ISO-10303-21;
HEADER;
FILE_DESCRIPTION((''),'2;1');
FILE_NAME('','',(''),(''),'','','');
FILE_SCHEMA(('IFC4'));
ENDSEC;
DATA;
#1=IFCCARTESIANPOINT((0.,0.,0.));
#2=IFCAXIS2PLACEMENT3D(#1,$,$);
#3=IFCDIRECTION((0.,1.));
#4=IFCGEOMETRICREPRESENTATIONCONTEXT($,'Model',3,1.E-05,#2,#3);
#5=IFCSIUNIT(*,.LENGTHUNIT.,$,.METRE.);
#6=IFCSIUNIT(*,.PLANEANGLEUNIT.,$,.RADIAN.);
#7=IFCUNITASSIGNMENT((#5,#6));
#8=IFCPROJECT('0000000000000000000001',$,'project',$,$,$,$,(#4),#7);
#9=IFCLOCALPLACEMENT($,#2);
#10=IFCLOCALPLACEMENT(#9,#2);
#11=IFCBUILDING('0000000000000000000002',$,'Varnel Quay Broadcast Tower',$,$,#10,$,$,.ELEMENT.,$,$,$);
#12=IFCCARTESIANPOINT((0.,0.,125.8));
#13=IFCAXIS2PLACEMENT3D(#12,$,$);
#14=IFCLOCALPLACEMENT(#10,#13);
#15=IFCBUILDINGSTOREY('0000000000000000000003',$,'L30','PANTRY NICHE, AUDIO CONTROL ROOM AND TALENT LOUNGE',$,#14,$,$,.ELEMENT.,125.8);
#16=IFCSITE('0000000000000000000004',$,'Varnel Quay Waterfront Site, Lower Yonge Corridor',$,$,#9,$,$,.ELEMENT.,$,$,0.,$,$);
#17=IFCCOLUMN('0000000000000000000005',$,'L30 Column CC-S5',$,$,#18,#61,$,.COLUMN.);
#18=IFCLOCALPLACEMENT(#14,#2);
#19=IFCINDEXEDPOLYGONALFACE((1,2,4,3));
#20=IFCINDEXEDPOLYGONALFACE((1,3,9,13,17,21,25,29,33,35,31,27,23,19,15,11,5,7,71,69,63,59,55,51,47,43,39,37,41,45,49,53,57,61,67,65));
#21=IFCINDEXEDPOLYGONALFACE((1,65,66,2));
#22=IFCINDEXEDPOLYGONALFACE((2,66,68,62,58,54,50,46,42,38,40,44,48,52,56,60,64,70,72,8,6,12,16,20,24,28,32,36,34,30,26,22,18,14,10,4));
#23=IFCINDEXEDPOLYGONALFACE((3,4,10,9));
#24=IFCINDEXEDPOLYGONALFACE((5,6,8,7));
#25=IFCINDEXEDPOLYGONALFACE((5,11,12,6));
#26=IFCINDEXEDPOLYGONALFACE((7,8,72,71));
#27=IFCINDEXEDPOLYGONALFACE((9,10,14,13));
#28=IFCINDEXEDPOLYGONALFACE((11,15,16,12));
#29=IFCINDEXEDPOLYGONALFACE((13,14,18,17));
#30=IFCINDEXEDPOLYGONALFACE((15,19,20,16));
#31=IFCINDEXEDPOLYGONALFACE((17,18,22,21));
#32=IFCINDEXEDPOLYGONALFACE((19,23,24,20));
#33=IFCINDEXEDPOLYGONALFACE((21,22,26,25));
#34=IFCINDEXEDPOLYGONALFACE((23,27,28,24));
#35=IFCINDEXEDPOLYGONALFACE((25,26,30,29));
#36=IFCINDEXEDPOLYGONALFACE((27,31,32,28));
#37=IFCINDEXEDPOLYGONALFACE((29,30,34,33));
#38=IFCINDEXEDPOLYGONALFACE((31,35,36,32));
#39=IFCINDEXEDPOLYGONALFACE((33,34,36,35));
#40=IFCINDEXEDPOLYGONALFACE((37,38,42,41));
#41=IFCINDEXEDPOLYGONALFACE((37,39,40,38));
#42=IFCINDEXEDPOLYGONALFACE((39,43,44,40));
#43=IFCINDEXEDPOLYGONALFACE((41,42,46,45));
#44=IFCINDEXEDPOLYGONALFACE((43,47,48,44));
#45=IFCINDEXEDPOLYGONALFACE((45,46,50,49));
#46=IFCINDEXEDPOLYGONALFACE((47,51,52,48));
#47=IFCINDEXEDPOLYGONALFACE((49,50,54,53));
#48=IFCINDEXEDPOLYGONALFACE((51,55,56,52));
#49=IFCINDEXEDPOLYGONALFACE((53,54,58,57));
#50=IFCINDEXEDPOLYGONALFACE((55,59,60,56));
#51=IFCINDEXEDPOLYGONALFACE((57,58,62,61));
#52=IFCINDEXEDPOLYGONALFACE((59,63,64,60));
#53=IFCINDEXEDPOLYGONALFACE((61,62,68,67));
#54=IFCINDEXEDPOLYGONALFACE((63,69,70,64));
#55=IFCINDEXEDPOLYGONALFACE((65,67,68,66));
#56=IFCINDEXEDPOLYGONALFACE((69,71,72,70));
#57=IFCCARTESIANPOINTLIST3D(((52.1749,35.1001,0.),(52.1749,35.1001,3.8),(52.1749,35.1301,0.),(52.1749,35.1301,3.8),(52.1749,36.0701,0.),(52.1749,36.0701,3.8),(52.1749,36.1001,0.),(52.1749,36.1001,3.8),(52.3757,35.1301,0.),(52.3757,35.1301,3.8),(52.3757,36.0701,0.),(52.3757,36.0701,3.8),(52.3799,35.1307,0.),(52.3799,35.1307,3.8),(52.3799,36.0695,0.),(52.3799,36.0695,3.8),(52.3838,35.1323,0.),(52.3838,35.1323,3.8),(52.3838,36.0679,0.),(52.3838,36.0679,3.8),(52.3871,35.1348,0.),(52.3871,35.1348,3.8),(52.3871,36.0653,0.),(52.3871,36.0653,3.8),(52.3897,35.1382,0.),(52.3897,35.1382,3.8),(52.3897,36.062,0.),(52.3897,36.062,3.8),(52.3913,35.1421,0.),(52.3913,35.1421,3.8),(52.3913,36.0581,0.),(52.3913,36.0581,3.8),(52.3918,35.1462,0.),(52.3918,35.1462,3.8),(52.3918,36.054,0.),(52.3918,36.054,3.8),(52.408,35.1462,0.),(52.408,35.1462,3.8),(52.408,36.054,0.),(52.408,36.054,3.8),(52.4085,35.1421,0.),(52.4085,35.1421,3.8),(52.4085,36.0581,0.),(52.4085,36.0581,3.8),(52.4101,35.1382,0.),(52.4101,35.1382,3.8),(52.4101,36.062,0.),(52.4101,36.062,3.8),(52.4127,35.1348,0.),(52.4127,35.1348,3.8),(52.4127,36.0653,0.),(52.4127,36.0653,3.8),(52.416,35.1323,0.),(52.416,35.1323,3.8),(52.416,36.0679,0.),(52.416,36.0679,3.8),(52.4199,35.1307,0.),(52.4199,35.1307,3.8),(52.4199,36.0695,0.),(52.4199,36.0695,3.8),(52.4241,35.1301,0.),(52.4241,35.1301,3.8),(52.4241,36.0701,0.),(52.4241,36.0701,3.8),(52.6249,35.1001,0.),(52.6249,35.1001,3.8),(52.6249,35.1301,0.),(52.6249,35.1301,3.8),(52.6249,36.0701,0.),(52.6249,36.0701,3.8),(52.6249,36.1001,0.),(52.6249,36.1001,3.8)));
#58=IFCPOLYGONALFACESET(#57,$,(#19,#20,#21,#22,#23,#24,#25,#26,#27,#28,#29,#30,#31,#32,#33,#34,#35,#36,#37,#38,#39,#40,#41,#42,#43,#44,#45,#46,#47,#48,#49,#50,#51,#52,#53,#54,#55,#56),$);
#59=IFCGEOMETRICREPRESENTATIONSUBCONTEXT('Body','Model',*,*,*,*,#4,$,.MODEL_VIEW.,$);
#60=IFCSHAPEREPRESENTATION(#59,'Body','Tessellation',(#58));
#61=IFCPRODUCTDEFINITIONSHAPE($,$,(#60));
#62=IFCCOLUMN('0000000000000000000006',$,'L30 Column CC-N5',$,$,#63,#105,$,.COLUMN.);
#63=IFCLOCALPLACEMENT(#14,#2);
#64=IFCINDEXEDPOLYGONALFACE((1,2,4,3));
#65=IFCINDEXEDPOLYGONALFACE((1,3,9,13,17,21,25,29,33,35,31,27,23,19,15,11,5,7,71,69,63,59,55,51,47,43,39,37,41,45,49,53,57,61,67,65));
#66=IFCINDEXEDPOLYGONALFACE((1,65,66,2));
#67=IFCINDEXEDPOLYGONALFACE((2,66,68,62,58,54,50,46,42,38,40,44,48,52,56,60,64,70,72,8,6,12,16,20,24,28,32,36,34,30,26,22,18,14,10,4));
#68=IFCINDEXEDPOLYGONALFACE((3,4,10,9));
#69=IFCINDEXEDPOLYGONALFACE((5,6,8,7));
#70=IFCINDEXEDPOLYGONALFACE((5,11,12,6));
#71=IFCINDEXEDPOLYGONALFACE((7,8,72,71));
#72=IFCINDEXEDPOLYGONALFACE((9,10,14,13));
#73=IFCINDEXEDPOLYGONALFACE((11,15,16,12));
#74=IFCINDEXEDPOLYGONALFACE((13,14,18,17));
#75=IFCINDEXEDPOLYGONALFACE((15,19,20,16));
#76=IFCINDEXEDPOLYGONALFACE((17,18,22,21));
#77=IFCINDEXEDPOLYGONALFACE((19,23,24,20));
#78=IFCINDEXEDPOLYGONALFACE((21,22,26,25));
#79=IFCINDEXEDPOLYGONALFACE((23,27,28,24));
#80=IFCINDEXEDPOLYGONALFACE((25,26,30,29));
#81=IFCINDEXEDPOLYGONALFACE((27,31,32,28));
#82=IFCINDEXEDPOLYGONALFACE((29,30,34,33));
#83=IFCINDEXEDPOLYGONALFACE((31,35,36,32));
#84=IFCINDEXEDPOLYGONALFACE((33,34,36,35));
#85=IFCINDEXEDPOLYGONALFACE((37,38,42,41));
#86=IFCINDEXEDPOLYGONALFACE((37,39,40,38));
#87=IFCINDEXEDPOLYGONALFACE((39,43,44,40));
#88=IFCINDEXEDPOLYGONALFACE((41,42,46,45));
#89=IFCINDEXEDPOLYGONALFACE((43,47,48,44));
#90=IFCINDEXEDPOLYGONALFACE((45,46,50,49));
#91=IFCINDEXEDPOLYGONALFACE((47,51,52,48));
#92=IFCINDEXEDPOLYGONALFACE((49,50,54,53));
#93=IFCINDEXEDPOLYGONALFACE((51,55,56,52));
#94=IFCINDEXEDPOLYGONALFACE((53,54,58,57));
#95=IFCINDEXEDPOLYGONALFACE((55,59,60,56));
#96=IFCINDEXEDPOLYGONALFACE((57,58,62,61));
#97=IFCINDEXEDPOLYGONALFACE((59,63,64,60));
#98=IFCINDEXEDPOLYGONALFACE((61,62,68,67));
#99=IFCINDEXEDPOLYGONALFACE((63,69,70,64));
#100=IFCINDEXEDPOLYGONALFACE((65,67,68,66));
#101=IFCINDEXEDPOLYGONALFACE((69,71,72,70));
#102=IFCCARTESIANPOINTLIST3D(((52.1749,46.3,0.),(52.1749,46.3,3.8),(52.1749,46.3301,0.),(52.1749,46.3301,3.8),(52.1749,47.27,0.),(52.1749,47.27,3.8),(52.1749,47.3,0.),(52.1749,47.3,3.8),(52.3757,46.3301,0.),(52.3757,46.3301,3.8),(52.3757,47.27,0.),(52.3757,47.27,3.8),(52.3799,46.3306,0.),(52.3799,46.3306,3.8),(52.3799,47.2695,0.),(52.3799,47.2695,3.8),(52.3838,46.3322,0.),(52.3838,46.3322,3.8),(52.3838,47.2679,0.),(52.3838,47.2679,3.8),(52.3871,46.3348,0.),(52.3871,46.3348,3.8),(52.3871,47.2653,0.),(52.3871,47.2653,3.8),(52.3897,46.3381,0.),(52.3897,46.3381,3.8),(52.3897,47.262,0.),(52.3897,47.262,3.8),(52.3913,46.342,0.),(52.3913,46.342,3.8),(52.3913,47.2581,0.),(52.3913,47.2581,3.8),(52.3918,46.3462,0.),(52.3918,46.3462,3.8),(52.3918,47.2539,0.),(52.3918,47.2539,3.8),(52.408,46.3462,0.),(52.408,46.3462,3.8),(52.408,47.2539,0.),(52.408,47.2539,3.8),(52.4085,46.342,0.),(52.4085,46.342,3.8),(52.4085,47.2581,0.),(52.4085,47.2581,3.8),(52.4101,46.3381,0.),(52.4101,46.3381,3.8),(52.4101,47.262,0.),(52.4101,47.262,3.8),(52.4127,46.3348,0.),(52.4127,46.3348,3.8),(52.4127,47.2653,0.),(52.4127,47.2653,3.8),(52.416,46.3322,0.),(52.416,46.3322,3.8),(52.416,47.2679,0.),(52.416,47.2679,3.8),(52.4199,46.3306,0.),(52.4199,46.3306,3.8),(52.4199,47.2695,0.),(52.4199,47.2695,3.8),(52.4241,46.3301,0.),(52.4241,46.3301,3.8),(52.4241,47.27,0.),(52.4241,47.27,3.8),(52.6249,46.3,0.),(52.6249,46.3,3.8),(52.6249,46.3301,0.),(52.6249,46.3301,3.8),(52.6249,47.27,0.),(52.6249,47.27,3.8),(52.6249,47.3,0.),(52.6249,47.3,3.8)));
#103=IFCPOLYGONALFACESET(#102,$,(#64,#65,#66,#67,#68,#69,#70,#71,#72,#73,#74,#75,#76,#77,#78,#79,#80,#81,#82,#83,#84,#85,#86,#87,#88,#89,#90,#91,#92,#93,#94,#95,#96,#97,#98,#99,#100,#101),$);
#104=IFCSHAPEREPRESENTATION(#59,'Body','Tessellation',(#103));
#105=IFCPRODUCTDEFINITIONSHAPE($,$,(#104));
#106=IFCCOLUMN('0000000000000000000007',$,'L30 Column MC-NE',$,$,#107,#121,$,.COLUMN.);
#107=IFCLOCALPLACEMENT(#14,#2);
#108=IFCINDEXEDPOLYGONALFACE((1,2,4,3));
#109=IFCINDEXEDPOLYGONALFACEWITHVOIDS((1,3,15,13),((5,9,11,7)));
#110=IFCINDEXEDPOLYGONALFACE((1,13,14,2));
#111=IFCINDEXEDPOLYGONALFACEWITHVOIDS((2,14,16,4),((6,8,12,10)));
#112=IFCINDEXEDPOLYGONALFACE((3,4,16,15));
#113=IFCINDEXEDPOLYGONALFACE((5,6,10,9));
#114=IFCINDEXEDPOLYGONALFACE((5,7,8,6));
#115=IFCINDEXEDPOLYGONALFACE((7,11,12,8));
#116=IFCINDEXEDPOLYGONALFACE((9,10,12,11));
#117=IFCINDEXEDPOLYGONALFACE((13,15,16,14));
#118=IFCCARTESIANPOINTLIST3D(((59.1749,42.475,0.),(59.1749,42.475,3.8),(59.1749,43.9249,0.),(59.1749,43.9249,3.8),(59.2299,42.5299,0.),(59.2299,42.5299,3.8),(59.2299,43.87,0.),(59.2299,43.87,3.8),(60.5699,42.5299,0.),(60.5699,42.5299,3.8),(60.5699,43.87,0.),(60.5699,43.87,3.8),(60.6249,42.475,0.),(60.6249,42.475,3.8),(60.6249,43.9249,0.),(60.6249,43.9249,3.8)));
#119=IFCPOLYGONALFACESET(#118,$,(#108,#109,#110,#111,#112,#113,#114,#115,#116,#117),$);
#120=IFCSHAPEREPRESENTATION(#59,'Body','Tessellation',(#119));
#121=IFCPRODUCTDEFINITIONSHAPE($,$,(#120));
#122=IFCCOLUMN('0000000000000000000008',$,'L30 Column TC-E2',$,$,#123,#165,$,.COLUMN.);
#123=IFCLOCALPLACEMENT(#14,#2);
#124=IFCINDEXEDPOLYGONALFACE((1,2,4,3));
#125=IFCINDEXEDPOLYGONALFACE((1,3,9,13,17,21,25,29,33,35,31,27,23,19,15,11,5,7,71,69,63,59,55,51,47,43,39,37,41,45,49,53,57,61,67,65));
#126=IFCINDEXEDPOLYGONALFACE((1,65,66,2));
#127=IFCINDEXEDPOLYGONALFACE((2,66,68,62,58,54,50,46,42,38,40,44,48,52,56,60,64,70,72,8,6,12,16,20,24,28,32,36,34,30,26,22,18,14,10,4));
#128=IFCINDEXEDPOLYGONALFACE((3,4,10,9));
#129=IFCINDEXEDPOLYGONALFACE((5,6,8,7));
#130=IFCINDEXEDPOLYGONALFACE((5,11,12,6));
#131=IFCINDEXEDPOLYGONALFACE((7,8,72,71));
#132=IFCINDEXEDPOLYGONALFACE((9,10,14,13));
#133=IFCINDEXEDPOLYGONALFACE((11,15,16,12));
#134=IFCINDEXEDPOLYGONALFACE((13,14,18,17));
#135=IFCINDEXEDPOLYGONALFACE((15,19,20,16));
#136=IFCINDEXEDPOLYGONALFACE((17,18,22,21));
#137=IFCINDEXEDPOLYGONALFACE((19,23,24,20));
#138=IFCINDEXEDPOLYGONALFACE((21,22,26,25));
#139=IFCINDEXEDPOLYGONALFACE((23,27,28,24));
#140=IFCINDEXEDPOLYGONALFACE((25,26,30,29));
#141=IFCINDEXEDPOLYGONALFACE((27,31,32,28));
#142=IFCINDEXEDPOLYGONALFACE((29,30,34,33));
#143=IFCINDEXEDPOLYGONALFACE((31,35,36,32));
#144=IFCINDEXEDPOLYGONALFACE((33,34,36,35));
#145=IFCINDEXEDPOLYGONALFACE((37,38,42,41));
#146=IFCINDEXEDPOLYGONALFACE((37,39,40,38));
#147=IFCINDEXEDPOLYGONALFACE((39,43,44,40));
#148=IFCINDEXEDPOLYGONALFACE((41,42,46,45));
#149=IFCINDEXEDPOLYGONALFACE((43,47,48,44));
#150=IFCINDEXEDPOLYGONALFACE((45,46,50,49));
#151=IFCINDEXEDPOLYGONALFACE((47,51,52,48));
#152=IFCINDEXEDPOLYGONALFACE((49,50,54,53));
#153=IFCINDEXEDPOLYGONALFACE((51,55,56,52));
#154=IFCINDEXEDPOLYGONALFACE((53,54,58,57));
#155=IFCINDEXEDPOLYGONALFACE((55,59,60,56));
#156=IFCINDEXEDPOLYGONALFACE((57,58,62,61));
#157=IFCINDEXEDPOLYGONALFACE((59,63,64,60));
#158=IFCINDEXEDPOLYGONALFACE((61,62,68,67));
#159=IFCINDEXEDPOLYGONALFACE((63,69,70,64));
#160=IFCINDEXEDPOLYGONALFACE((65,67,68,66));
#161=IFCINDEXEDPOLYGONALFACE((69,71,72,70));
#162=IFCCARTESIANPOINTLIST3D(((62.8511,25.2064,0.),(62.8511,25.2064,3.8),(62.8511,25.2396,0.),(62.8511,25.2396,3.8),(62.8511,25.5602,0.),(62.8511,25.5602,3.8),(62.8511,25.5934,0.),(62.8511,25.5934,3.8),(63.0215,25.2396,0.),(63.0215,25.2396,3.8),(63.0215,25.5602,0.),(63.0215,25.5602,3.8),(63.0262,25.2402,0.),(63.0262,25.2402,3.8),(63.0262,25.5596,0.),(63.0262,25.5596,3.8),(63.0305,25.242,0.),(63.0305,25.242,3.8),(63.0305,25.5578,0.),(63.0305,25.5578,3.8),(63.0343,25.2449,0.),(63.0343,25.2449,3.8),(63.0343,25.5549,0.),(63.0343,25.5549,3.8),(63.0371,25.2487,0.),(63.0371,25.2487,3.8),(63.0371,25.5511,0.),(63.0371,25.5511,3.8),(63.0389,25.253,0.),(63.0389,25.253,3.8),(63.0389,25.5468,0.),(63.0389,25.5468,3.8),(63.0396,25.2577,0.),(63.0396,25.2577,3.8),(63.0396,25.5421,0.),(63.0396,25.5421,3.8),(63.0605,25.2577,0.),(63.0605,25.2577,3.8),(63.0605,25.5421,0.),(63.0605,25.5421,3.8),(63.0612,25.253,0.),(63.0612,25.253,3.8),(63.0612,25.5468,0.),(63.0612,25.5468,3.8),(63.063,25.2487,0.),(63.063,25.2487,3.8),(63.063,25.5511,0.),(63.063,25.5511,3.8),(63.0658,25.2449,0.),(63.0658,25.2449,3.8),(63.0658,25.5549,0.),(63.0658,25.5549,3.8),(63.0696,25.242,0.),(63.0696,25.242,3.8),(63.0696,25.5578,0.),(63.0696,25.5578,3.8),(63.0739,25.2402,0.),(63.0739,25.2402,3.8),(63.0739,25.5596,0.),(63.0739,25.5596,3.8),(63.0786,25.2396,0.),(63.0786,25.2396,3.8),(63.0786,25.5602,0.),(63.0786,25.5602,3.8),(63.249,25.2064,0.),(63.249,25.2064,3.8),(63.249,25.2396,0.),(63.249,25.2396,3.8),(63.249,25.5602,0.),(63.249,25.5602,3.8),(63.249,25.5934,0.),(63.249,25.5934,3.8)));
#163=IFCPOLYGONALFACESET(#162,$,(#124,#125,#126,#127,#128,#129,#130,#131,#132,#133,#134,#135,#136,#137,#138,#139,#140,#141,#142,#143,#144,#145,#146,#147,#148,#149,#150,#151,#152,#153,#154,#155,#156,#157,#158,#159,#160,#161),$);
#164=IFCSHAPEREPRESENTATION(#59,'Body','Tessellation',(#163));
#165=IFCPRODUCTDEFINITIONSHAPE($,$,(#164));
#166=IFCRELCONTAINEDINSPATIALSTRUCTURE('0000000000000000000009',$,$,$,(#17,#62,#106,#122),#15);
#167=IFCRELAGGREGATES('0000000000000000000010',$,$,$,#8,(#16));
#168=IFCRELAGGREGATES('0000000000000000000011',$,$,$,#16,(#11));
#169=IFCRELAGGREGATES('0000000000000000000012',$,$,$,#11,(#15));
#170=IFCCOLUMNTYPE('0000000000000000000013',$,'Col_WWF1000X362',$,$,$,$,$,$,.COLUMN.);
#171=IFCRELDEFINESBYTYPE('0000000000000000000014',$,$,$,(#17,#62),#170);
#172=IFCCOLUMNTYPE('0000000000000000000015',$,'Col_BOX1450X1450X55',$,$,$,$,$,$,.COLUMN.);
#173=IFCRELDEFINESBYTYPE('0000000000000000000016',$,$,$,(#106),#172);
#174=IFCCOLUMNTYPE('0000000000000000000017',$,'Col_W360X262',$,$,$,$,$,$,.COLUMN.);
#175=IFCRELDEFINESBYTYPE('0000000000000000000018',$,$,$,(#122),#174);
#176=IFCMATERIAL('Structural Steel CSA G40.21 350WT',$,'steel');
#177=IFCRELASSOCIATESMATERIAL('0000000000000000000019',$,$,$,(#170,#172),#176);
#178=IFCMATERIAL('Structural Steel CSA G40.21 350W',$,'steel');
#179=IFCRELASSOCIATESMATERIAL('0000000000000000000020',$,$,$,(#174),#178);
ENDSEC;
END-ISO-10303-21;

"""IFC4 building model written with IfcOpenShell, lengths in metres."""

from ifc_helpers import new_model, si_unit, direction, frame, origin, origin_2d, place, context, subcontext, project, spatial, hollow_rectangle, i_section, extrude, source, transform, mapped, material, material_profile, profile_set, type_object, type_shapes, element, save


model = new_model("IFC4")

# Units and contexts
model_context = context("Model", 3, precision=1e-05, world=origin(), true_north=direction((0.0, 1.0)))
body_context = subcontext(model_context, "Body", "Model", "MODEL_VIEW")
ifc_project = project(units=[si_unit("LENGTHUNIT", "METRE"), si_unit("PLANEANGLEUNIT", "RADIAN")], contexts=[model_context])

# Site, building, storey
site_placement = place(None, origin())
site = spatial("IfcSite", under=ifc_project, at=site_placement, Name="Varnel Quay Waterfront Site, Lower Yonge Corridor", CompositionType="ELEMENT", RefElevation=0.0)
building_placement = place(site_placement, origin())
building = spatial("IfcBuilding", under=site, at=building_placement, Name="Varnel Quay Broadcast Tower", CompositionType="ELEMENT")
storey_placement = place(building_placement, frame((0.0, 0.0, 125.8)))
storey = spatial("IfcBuildingStorey", under=building, at=storey_placement, Name="L30", Description="PANTRY NICHE, AUDIO CONTROL ROOM AND TALENT LOUNGE", CompositionType="ELEMENT", Elevation=125.8)

# Columns
ifc_material_1 = material(Name="Structural Steel CSA G40.21 350WT", Category="steel")
ifc_material_profile_1 = material_profile(ifc_material_1, i_section(OverallWidth=0.45, OverallDepth=1.0, WebThickness=0.0161, FlangeThickness=0.03, FilletRadius=0.0161, at=origin_2d()), Name="WWF1000X362")
ifc_profile_set_1 = profile_set([ifc_material_profile_1], Name="Structural Steel CSA G40.21 350WT")
column_type_1 = type_object("IfcColumnType", Name="Col_WWF1000X362", PredefinedType="COLUMN", material=ifc_profile_set_1)
shared_shape_1 = source(origin(), body_context, "Body", "SweptSolid", [
    extrude(i_section(OverallWidth=0.45, OverallDepth=1.0, WebThickness=0.0161, FlangeThickness=0.03, FilletRadius=0.0161, at=origin_2d()), origin(), (0.0, 0.0, 1.0), 3.8),
])
type_shapes(column_type_1, [shared_shape_1])
for number, where, z_axis, x_axis, name in (
    (1, (52.3999, 35.6001, 0.0), (0.0, 0.0, 1.0), (1.0, 0.0, 0.0), "L30 Column CC-S5"),
    (2, (52.3999, 46.8, 0.0), (0.0, 0.0, 1.0), (1.0, 0.0, 0.0), "L30 Column CC-N5"),
):
    element("IfcColumn", number, at=place(storey_placement, frame(where, z_axis=z_axis, x_axis=x_axis)), inside=storey, type_object=column_type_1, Name=name, PredefinedType="COLUMN", context=body_context, shape_type="MappedRepresentation", body=[
        mapped(shared_shape_1, transform((0.0, 0.0, 0.0), x_axis=(1.0, 0.0, 0.0), y_axis=(0.0, 1.0, 0.0), z_axis=(0.0, 0.0, 1.0), scale=1.0)),
    ])
ifc_material_profile_2 = material_profile(ifc_material_1, hollow_rectangle(XDim=1.45, YDim=1.45, WallThickness=0.0549, at=origin_2d()), Name="BOX1450X1450X55")
ifc_profile_set_2 = profile_set([ifc_material_profile_2], Name="Structural Steel CSA G40.21 350WT")
column_type_2 = type_object("IfcColumnType", Name="Col_BOX1450X1450X55", PredefinedType="COLUMN", material=ifc_profile_set_2)
shared_shape_2 = source(origin(), body_context, "Body", "SweptSolid", [
    extrude(hollow_rectangle(XDim=1.45, YDim=1.45, WallThickness=0.0549, at=origin_2d()), origin(), (0.0, 0.0, 1.0), 3.8),
])
type_shapes(column_type_2, [shared_shape_2])
column_placement = place(storey_placement, frame((59.8999, 43.2, 0.0), z_axis=(0.0, 0.0, 1.0), x_axis=(1.0, 0.0, 0.0)))
element("IfcColumn", 3, at=column_placement, inside=storey, type_object=column_type_2, Name="L30 Column MC-NE", PredefinedType="COLUMN", context=body_context, shape_type="MappedRepresentation", body=[
    mapped(shared_shape_2, transform((0.0, 0.0, 0.0), x_axis=(1.0, 0.0, 0.0), y_axis=(0.0, 1.0, 0.0), z_axis=(0.0, 0.0, 1.0), scale=1.0)),
])
ifc_material_2 = material(Name="Structural Steel CSA G40.21 350W", Category="steel")
ifc_material_profile_3 = material_profile(ifc_material_2, i_section(OverallWidth=0.3979, OverallDepth=0.387, WebThickness=0.021, FlangeThickness=0.0332, FilletRadius=0.0181, at=origin_2d()), Name="W360X262")
ifc_profile_set_3 = profile_set([ifc_material_profile_3], Name="Structural Steel CSA G40.21 350W")
column_type_3 = type_object("IfcColumnType", Name="Col_W360X262", PredefinedType="COLUMN", material=ifc_profile_set_3)
shared_shape_3 = source(origin(), body_context, "Body", "SweptSolid", [
    extrude(i_section(OverallWidth=0.3979, OverallDepth=0.387, WebThickness=0.021, FlangeThickness=0.0332, FilletRadius=0.0181, at=origin_2d()), origin(), (0.0, 0.0, 1.0), 3.8),
])
type_shapes(column_type_3, [shared_shape_3])
for number, where, z_axis, x_axis, name in (
    (4, (63.05, 25.3999, 0.0), (0.0, 0.0, 1.0), (1.0, 0.0, 0.0), "L30 Column TC-E2"),
):
    element("IfcColumn", number, at=place(storey_placement, frame(where, z_axis=z_axis, x_axis=x_axis)), inside=storey, type_object=column_type_3, Name=name, PredefinedType="COLUMN", context=body_context, shape_type="MappedRepresentation", body=[
        mapped(shared_shape_3, transform((0.0, 0.0, 0.0), x_axis=(1.0, 0.0, 0.0), y_axis=(0.0, 1.0, 0.0), z_axis=(0.0, 0.0, 1.0), scale=1.0)),
    ])

save(model, "model.ifc")
